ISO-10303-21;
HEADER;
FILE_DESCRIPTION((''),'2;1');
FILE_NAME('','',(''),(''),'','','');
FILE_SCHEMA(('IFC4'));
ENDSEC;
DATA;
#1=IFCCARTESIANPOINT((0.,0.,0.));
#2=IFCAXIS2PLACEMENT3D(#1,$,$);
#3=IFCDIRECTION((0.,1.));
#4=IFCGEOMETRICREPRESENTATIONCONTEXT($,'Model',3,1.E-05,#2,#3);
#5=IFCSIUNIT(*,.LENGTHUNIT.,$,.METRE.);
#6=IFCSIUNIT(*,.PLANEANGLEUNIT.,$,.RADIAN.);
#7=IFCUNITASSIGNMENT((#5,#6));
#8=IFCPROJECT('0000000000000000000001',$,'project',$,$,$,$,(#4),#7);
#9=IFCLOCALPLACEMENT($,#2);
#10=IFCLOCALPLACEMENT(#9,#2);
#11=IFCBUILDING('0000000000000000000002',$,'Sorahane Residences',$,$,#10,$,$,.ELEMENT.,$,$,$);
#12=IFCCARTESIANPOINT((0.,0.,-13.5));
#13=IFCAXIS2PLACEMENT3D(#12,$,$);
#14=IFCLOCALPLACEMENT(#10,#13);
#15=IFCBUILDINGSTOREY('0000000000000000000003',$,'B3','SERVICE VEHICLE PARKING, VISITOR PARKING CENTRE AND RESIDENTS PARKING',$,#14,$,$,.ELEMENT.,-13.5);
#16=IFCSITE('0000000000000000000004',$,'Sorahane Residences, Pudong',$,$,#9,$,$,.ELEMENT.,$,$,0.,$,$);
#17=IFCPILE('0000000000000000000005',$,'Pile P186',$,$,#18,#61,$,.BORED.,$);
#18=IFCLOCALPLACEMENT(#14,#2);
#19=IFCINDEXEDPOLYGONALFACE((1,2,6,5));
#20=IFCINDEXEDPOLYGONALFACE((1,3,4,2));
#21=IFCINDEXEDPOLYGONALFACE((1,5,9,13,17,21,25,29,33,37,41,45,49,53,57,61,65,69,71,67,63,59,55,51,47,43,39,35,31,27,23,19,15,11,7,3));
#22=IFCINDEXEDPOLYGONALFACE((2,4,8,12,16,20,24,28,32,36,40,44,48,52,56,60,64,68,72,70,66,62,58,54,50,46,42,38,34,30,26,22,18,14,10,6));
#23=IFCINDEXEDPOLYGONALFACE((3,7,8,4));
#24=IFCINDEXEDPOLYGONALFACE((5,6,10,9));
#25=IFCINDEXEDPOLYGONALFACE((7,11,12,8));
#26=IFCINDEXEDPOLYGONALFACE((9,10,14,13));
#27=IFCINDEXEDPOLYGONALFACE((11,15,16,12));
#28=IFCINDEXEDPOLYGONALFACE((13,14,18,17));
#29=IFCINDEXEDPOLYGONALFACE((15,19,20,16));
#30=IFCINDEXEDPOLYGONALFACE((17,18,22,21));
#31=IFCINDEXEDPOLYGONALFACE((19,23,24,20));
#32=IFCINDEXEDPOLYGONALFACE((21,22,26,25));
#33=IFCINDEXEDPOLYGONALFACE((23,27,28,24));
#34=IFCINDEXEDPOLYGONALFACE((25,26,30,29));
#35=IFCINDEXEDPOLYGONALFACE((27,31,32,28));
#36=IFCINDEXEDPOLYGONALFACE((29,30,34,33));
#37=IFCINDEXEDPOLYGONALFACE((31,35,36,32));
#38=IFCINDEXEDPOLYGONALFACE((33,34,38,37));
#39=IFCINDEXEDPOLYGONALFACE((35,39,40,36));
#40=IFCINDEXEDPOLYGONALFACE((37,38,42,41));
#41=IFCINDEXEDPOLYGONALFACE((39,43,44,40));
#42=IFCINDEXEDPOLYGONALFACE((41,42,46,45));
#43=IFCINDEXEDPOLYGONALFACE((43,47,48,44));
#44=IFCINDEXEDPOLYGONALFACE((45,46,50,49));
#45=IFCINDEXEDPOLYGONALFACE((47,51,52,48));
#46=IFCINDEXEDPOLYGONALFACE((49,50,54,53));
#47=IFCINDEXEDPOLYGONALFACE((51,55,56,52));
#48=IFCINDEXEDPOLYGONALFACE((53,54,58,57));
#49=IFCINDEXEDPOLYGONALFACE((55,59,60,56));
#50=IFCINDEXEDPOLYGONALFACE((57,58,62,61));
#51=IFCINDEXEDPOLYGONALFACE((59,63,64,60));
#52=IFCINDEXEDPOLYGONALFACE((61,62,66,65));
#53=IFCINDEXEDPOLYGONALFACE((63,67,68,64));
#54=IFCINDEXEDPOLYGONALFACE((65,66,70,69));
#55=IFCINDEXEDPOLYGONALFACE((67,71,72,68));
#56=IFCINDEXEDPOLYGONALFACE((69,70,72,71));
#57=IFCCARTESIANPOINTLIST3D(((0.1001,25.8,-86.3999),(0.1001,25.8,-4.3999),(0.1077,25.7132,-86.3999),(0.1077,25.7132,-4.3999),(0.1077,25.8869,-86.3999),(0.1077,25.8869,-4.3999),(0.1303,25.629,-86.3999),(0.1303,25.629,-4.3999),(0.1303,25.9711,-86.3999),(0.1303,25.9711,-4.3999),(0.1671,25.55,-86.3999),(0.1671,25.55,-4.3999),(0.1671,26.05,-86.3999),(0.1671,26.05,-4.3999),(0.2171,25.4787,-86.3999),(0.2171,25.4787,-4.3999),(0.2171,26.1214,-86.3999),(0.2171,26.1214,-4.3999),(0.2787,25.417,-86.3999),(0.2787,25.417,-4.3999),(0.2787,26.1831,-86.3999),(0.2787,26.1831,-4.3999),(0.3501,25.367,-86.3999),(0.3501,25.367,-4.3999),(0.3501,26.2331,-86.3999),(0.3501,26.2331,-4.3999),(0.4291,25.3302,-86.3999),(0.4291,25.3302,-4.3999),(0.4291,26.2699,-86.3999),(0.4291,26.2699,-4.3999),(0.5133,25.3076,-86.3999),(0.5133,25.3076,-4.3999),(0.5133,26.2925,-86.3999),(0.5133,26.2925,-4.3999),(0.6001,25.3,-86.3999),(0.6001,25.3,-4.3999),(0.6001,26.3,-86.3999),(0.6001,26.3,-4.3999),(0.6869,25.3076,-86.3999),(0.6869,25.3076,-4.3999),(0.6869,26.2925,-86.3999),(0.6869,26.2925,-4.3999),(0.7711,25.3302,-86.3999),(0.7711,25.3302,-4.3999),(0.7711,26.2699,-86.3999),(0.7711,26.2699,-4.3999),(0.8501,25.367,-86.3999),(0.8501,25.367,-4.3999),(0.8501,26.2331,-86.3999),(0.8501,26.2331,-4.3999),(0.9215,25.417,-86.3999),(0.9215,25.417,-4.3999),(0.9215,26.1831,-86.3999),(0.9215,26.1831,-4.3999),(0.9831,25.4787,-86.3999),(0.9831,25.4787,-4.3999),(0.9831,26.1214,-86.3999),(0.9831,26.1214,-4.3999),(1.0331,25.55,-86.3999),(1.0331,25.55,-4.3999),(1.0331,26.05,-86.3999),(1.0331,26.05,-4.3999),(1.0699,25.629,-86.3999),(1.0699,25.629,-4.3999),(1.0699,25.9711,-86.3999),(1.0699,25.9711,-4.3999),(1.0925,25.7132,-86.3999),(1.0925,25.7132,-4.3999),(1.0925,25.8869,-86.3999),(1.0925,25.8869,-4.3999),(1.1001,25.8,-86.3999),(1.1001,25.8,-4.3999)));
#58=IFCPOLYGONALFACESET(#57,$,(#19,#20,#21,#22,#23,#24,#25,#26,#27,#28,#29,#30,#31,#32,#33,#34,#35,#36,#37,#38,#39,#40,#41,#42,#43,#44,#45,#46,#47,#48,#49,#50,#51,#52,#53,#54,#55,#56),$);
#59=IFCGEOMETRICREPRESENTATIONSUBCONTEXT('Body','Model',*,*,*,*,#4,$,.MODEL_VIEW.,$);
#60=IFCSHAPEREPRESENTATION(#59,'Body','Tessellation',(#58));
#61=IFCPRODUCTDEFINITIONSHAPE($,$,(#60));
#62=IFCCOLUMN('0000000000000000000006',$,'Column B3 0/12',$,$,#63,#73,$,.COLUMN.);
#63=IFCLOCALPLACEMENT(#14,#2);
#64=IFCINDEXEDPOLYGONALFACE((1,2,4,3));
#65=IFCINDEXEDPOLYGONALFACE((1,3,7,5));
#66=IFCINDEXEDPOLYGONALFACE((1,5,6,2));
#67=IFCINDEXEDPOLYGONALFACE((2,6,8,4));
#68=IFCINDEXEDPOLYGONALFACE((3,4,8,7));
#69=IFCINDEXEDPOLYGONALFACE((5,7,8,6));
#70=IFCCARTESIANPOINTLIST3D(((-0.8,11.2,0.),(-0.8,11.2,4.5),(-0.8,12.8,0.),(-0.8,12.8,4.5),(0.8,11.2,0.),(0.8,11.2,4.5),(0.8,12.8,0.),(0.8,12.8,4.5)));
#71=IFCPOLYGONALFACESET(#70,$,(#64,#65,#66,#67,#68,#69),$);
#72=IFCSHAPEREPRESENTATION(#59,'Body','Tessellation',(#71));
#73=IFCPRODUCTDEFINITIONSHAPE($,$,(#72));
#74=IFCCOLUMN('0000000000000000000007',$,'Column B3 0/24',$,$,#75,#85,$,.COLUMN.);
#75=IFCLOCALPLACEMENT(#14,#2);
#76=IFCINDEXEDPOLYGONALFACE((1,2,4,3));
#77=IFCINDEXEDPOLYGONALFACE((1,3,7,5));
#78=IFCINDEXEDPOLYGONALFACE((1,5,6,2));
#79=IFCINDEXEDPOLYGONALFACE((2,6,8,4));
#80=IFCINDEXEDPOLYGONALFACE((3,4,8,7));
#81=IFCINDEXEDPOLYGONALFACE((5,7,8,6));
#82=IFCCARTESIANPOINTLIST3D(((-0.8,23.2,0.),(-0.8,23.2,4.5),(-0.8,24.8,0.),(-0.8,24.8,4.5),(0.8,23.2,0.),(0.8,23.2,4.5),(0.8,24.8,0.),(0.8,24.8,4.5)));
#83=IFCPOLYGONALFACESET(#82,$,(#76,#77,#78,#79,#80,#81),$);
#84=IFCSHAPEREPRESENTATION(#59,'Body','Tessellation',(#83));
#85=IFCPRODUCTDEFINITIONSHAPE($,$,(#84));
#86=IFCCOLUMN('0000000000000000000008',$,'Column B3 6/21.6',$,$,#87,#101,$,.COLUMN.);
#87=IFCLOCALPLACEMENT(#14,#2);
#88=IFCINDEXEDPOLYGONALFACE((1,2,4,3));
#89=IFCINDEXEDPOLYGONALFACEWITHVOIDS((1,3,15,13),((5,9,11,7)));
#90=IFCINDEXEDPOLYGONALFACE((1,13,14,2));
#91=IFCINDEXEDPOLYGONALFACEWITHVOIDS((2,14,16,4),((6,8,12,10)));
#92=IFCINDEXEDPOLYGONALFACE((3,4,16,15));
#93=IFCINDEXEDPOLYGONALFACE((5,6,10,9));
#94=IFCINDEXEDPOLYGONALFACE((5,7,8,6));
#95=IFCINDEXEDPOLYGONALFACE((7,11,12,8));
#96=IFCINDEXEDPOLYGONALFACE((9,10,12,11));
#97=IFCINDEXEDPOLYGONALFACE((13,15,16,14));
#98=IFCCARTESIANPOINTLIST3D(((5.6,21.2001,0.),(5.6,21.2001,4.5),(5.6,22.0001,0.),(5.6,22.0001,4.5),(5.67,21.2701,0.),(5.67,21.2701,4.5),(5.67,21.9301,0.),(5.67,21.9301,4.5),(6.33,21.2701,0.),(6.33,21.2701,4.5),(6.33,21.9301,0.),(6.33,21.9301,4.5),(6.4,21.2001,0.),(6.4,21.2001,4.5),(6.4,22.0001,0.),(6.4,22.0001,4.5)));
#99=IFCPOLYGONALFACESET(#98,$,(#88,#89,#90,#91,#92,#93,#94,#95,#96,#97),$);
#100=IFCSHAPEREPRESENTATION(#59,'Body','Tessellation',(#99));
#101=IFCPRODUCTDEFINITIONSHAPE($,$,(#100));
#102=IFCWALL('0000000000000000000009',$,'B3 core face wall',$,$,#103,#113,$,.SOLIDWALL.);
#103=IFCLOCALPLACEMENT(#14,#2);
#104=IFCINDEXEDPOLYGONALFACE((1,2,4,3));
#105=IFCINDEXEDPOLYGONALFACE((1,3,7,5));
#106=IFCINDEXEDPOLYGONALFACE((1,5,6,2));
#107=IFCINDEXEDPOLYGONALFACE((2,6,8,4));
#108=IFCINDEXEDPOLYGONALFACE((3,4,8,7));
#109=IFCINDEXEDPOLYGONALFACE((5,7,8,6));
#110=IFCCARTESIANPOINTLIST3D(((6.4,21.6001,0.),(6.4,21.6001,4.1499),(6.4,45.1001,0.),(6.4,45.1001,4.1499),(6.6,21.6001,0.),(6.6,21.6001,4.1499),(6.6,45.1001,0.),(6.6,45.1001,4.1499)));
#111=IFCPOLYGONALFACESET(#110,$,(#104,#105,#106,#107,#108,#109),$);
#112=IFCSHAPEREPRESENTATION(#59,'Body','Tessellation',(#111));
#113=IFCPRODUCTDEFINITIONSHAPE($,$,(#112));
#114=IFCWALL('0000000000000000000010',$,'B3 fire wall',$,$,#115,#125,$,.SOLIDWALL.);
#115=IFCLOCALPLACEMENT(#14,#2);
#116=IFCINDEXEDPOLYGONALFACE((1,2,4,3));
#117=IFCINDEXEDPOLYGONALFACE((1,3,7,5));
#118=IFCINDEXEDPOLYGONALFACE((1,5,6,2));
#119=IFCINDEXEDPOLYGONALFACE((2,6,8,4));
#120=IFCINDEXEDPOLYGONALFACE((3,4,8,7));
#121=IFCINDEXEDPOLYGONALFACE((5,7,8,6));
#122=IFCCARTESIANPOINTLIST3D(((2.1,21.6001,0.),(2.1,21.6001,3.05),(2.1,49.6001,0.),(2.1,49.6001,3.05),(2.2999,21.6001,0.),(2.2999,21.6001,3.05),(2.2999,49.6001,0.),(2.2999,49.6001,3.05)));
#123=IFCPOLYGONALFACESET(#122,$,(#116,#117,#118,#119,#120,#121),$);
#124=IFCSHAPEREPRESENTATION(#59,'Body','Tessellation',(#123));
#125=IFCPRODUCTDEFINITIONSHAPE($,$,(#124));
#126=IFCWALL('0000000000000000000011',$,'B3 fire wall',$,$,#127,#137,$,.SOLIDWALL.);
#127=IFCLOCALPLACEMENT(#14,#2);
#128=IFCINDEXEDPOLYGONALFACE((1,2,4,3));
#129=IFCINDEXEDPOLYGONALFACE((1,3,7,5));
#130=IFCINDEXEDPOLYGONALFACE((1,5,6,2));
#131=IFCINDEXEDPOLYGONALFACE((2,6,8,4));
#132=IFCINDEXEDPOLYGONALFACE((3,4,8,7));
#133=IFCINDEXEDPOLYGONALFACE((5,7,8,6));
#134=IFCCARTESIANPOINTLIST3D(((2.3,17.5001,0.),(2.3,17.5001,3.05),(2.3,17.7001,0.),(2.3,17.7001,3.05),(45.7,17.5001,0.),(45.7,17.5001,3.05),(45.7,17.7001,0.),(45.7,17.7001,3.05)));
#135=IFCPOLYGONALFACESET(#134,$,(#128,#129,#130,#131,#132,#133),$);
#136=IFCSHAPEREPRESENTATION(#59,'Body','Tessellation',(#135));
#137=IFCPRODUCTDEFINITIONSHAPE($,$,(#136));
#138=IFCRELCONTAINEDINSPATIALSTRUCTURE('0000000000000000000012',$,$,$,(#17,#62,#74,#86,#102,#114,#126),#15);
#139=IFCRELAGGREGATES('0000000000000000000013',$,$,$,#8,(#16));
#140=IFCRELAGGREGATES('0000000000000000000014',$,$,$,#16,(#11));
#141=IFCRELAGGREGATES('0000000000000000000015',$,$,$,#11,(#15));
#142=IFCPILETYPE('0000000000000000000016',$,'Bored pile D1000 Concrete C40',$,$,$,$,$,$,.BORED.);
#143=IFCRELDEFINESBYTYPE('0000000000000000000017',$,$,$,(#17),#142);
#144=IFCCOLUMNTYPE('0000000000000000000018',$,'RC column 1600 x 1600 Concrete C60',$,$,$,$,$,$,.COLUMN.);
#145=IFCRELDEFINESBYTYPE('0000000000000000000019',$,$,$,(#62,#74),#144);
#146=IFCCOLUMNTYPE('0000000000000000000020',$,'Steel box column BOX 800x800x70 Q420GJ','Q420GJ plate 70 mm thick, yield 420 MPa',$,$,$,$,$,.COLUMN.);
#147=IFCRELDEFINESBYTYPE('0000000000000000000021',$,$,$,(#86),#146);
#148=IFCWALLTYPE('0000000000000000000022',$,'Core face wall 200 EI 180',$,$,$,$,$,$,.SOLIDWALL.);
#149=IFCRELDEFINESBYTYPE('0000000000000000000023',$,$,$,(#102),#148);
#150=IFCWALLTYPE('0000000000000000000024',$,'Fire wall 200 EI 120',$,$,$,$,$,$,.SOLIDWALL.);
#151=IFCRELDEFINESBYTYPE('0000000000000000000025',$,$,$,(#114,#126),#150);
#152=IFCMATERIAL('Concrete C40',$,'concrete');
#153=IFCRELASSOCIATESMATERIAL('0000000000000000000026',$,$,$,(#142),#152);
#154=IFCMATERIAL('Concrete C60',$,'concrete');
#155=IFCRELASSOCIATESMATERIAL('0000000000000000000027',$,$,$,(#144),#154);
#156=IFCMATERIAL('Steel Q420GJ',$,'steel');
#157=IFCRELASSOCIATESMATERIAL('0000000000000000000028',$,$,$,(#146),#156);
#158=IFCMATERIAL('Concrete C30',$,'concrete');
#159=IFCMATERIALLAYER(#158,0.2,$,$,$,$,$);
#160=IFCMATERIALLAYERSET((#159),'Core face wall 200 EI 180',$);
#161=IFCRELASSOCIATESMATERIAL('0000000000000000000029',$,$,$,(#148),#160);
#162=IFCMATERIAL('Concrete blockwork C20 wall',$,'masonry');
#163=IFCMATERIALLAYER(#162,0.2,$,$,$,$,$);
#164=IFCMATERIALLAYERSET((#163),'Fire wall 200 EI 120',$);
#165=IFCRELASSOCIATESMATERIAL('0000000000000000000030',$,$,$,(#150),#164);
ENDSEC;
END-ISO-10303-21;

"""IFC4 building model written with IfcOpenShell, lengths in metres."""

from ifc_helpers import new_model, si_unit, direction, frame, frame_2d, origin, origin_2d, place, context, subcontext, project, spatial, rectangle, hollow_rectangle, circle, extrude, material, layer, layer_set, material_profile, profile_set, type_object, element, save


model = new_model("IFC4")

# Units and contexts
model_context = context("Model", 3, precision=1e-05, world=origin(), true_north=direction((0.0, 1.0)))
body_context = subcontext(model_context, "Body", "Model", "MODEL_VIEW")
ifc_project = project(units=[si_unit("LENGTHUNIT", "METRE"), si_unit("PLANEANGLEUNIT", "RADIAN")], contexts=[model_context])

# Site, building, storey
site_placement = place(None, origin())
site = spatial("IfcSite", under=ifc_project, at=site_placement, Name="Sorahane Residences, Pudong", CompositionType="ELEMENT", RefElevation=0.0)
building_placement = place(site_placement, origin())
building = spatial("IfcBuilding", under=site, at=building_placement, Name="Sorahane Residences", CompositionType="ELEMENT")
storey_placement = place(building_placement, frame((0.0, 0.0, -13.5)))
storey = spatial("IfcBuildingStorey", under=building, at=storey_placement, Name="B3", Description="SERVICE VEHICLE PARKING, VISITOR PARKING CENTRE AND RESIDENTS PARKING", CompositionType="ELEMENT", Elevation=-13.5)

# Pile
ifc_material_1 = material(Name="Concrete C40", Category="concrete")
ifc_material_profile_1 = material_profile(ifc_material_1, circle(Radius=0.5, at=origin_2d()), Name="D1000")
ifc_profile_set_1 = profile_set([ifc_material_profile_1], Name="Concrete C40")
pile_type = type_object("IfcPileType", Name="Bored pile D1000 Concrete C40", PredefinedType="BORED", material=ifc_profile_set_1)
for number, where, z_axis, x_axis, name in (
    (1, (0.6001, 25.8, -4.3999), (0.0, 0.0, -1.0), (1.0, 0.0, 0.0), "Pile P186"),
):
    element("IfcPile", number, at=place(storey_placement, frame(where, z_axis=z_axis, x_axis=x_axis)), inside=storey, type_object=pile_type, Name=name, PredefinedType="BORED", context=body_context, shape_type="SweptSolid", body=[
        extrude(circle(Radius=0.5, at=origin_2d()), origin(), (0.0, 0.0, 1.0), 82.0),
    ])

# Columns
ifc_material_2 = material(Name="Concrete C60", Category="concrete")
ifc_material_profile_2 = material_profile(ifc_material_2, rectangle(XDim=1.6001, YDim=1.6001, at=origin_2d()), Name="1600x1600")
ifc_profile_set_2 = profile_set([ifc_material_profile_2], Name="Concrete C60")
column_type_1 = type_object("IfcColumnType", Name="RC column 1600 x 1600 Concrete C60", PredefinedType="COLUMN", material=ifc_profile_set_2)
for number, where, z_axis, x_axis, name in (
    (2, (0.0, 12.0, 0.0), (0.0, 0.0, 1.0), (1.0, 0.0, 0.0), "Column B3 0/12"),
    (3, (0.0, 24.0, 0.0), (0.0, 0.0, 1.0), (1.0, 0.0, 0.0), "Column B3 0/24"),
):
    element("IfcColumn", number, at=place(storey_placement, frame(where, z_axis=z_axis, x_axis=x_axis)), inside=storey, type_object=column_type_1, Name=name, PredefinedType="COLUMN", context=body_context, shape_type="SweptSolid", body=[
        extrude(rectangle(XDim=1.6001, YDim=1.6001, at=origin_2d()), origin(), (0.0, 0.0, 1.0), 4.5),
    ])
ifc_material_3 = material(Name="Steel Q420GJ", Category="steel")
ifc_material_profile_3 = material_profile(ifc_material_3, hollow_rectangle(XDim=0.8, YDim=0.8, WallThickness=0.0701, at=origin_2d()), Name="BOX 800x800x70")
ifc_profile_set_3 = profile_set([ifc_material_profile_3], Name="Steel Q420GJ")
column_type_2 = type_object("IfcColumnType", Name="Steel box column BOX 800x800x70 Q420GJ", Description="Q420GJ plate 70 mm thick, yield 420 MPa", PredefinedType="COLUMN", material=ifc_profile_set_3)
column_placement = place(storey_placement, frame((6.0, 21.6001, 0.0), z_axis=(0.0, 0.0, 1.0), x_axis=(1.0, 0.0, 0.0)))
element("IfcColumn", 4, at=column_placement, inside=storey, type_object=column_type_2, Name="Column B3 6/21.6", PredefinedType="COLUMN", context=body_context, shape_type="SweptSolid", body=[
    extrude(hollow_rectangle(XDim=0.8, YDim=0.8, WallThickness=0.0701, at=origin_2d()), origin(), (0.0, 0.0, 1.0), 4.5),
])

# Walls
ifc_material_4 = material(Name="Concrete C30", Category="concrete")
ifc_layer_1 = layer(ifc_material_4, 0.2)
ifc_layer_set_1 = layer_set([ifc_layer_1], Name="Core face wall 200 EI 180")
wall_type_1 = type_object("IfcWallType", Name="Core face wall 200 EI 180", PredefinedType="SOLIDWALL", material=ifc_layer_set_1)
wall_1_placement = place(storey_placement, frame((6.5, 21.6001, 0.0), z_axis=(0.0, 0.0, 1.0), x_axis=(0.0, 1.0, 0.0)))
element("IfcWall", 5, at=wall_1_placement, inside=storey, type_object=wall_type_1, Name="B3 core face wall", PredefinedType="SOLIDWALL", context=body_context, shape_type="SweptSolid", body=[
    extrude(rectangle(XDim=23.5, YDim=0.2, at=frame_2d((11.75, 0.0))), origin(), (0.0, 0.0, 1.0), 4.1499),
])
ifc_material_5 = material(Name="Concrete blockwork C20 wall", Category="masonry")
ifc_layer_2 = layer(ifc_material_5, 0.2)
ifc_layer_set_2 = layer_set([ifc_layer_2], Name="Fire wall 200 EI 120")
wall_type_2 = type_object("IfcWallType", Name="Fire wall 200 EI 120", PredefinedType="SOLIDWALL", material=ifc_layer_set_2)
wall_2_placement = place(storey_placement, frame((2.2, 21.6001, 0.0), z_axis=(0.0, 0.0, 1.0), x_axis=(0.0, 1.0, 0.0)))
element("IfcWall", 6, at=wall_2_placement, inside=storey, type_object=wall_type_2, Name="B3 fire wall", PredefinedType="SOLIDWALL", context=body_context, shape_type="SweptSolid", body=[
    extrude(rectangle(XDim=28.0, YDim=0.2, at=frame_2d((14.0, 0.0))), origin(), (0.0, 0.0, 1.0), 3.05),
])
wall_3_placement = place(storey_placement, frame((2.3, 17.6001, 0.0), z_axis=(0.0, 0.0, 1.0), x_axis=(1.0, 0.0, 0.0)))
element("IfcWall", 7, at=wall_3_placement, inside=storey, type_object=wall_type_2, Name="B3 fire wall", PredefinedType="SOLIDWALL", context=body_context, shape_type="SweptSolid", body=[
    extrude(rectangle(XDim=43.3999, YDim=0.2, at=frame_2d((21.7, 0.0))), origin(), (0.0, 0.0, 1.0), 3.05),
])

save(model, "model.ifc")
